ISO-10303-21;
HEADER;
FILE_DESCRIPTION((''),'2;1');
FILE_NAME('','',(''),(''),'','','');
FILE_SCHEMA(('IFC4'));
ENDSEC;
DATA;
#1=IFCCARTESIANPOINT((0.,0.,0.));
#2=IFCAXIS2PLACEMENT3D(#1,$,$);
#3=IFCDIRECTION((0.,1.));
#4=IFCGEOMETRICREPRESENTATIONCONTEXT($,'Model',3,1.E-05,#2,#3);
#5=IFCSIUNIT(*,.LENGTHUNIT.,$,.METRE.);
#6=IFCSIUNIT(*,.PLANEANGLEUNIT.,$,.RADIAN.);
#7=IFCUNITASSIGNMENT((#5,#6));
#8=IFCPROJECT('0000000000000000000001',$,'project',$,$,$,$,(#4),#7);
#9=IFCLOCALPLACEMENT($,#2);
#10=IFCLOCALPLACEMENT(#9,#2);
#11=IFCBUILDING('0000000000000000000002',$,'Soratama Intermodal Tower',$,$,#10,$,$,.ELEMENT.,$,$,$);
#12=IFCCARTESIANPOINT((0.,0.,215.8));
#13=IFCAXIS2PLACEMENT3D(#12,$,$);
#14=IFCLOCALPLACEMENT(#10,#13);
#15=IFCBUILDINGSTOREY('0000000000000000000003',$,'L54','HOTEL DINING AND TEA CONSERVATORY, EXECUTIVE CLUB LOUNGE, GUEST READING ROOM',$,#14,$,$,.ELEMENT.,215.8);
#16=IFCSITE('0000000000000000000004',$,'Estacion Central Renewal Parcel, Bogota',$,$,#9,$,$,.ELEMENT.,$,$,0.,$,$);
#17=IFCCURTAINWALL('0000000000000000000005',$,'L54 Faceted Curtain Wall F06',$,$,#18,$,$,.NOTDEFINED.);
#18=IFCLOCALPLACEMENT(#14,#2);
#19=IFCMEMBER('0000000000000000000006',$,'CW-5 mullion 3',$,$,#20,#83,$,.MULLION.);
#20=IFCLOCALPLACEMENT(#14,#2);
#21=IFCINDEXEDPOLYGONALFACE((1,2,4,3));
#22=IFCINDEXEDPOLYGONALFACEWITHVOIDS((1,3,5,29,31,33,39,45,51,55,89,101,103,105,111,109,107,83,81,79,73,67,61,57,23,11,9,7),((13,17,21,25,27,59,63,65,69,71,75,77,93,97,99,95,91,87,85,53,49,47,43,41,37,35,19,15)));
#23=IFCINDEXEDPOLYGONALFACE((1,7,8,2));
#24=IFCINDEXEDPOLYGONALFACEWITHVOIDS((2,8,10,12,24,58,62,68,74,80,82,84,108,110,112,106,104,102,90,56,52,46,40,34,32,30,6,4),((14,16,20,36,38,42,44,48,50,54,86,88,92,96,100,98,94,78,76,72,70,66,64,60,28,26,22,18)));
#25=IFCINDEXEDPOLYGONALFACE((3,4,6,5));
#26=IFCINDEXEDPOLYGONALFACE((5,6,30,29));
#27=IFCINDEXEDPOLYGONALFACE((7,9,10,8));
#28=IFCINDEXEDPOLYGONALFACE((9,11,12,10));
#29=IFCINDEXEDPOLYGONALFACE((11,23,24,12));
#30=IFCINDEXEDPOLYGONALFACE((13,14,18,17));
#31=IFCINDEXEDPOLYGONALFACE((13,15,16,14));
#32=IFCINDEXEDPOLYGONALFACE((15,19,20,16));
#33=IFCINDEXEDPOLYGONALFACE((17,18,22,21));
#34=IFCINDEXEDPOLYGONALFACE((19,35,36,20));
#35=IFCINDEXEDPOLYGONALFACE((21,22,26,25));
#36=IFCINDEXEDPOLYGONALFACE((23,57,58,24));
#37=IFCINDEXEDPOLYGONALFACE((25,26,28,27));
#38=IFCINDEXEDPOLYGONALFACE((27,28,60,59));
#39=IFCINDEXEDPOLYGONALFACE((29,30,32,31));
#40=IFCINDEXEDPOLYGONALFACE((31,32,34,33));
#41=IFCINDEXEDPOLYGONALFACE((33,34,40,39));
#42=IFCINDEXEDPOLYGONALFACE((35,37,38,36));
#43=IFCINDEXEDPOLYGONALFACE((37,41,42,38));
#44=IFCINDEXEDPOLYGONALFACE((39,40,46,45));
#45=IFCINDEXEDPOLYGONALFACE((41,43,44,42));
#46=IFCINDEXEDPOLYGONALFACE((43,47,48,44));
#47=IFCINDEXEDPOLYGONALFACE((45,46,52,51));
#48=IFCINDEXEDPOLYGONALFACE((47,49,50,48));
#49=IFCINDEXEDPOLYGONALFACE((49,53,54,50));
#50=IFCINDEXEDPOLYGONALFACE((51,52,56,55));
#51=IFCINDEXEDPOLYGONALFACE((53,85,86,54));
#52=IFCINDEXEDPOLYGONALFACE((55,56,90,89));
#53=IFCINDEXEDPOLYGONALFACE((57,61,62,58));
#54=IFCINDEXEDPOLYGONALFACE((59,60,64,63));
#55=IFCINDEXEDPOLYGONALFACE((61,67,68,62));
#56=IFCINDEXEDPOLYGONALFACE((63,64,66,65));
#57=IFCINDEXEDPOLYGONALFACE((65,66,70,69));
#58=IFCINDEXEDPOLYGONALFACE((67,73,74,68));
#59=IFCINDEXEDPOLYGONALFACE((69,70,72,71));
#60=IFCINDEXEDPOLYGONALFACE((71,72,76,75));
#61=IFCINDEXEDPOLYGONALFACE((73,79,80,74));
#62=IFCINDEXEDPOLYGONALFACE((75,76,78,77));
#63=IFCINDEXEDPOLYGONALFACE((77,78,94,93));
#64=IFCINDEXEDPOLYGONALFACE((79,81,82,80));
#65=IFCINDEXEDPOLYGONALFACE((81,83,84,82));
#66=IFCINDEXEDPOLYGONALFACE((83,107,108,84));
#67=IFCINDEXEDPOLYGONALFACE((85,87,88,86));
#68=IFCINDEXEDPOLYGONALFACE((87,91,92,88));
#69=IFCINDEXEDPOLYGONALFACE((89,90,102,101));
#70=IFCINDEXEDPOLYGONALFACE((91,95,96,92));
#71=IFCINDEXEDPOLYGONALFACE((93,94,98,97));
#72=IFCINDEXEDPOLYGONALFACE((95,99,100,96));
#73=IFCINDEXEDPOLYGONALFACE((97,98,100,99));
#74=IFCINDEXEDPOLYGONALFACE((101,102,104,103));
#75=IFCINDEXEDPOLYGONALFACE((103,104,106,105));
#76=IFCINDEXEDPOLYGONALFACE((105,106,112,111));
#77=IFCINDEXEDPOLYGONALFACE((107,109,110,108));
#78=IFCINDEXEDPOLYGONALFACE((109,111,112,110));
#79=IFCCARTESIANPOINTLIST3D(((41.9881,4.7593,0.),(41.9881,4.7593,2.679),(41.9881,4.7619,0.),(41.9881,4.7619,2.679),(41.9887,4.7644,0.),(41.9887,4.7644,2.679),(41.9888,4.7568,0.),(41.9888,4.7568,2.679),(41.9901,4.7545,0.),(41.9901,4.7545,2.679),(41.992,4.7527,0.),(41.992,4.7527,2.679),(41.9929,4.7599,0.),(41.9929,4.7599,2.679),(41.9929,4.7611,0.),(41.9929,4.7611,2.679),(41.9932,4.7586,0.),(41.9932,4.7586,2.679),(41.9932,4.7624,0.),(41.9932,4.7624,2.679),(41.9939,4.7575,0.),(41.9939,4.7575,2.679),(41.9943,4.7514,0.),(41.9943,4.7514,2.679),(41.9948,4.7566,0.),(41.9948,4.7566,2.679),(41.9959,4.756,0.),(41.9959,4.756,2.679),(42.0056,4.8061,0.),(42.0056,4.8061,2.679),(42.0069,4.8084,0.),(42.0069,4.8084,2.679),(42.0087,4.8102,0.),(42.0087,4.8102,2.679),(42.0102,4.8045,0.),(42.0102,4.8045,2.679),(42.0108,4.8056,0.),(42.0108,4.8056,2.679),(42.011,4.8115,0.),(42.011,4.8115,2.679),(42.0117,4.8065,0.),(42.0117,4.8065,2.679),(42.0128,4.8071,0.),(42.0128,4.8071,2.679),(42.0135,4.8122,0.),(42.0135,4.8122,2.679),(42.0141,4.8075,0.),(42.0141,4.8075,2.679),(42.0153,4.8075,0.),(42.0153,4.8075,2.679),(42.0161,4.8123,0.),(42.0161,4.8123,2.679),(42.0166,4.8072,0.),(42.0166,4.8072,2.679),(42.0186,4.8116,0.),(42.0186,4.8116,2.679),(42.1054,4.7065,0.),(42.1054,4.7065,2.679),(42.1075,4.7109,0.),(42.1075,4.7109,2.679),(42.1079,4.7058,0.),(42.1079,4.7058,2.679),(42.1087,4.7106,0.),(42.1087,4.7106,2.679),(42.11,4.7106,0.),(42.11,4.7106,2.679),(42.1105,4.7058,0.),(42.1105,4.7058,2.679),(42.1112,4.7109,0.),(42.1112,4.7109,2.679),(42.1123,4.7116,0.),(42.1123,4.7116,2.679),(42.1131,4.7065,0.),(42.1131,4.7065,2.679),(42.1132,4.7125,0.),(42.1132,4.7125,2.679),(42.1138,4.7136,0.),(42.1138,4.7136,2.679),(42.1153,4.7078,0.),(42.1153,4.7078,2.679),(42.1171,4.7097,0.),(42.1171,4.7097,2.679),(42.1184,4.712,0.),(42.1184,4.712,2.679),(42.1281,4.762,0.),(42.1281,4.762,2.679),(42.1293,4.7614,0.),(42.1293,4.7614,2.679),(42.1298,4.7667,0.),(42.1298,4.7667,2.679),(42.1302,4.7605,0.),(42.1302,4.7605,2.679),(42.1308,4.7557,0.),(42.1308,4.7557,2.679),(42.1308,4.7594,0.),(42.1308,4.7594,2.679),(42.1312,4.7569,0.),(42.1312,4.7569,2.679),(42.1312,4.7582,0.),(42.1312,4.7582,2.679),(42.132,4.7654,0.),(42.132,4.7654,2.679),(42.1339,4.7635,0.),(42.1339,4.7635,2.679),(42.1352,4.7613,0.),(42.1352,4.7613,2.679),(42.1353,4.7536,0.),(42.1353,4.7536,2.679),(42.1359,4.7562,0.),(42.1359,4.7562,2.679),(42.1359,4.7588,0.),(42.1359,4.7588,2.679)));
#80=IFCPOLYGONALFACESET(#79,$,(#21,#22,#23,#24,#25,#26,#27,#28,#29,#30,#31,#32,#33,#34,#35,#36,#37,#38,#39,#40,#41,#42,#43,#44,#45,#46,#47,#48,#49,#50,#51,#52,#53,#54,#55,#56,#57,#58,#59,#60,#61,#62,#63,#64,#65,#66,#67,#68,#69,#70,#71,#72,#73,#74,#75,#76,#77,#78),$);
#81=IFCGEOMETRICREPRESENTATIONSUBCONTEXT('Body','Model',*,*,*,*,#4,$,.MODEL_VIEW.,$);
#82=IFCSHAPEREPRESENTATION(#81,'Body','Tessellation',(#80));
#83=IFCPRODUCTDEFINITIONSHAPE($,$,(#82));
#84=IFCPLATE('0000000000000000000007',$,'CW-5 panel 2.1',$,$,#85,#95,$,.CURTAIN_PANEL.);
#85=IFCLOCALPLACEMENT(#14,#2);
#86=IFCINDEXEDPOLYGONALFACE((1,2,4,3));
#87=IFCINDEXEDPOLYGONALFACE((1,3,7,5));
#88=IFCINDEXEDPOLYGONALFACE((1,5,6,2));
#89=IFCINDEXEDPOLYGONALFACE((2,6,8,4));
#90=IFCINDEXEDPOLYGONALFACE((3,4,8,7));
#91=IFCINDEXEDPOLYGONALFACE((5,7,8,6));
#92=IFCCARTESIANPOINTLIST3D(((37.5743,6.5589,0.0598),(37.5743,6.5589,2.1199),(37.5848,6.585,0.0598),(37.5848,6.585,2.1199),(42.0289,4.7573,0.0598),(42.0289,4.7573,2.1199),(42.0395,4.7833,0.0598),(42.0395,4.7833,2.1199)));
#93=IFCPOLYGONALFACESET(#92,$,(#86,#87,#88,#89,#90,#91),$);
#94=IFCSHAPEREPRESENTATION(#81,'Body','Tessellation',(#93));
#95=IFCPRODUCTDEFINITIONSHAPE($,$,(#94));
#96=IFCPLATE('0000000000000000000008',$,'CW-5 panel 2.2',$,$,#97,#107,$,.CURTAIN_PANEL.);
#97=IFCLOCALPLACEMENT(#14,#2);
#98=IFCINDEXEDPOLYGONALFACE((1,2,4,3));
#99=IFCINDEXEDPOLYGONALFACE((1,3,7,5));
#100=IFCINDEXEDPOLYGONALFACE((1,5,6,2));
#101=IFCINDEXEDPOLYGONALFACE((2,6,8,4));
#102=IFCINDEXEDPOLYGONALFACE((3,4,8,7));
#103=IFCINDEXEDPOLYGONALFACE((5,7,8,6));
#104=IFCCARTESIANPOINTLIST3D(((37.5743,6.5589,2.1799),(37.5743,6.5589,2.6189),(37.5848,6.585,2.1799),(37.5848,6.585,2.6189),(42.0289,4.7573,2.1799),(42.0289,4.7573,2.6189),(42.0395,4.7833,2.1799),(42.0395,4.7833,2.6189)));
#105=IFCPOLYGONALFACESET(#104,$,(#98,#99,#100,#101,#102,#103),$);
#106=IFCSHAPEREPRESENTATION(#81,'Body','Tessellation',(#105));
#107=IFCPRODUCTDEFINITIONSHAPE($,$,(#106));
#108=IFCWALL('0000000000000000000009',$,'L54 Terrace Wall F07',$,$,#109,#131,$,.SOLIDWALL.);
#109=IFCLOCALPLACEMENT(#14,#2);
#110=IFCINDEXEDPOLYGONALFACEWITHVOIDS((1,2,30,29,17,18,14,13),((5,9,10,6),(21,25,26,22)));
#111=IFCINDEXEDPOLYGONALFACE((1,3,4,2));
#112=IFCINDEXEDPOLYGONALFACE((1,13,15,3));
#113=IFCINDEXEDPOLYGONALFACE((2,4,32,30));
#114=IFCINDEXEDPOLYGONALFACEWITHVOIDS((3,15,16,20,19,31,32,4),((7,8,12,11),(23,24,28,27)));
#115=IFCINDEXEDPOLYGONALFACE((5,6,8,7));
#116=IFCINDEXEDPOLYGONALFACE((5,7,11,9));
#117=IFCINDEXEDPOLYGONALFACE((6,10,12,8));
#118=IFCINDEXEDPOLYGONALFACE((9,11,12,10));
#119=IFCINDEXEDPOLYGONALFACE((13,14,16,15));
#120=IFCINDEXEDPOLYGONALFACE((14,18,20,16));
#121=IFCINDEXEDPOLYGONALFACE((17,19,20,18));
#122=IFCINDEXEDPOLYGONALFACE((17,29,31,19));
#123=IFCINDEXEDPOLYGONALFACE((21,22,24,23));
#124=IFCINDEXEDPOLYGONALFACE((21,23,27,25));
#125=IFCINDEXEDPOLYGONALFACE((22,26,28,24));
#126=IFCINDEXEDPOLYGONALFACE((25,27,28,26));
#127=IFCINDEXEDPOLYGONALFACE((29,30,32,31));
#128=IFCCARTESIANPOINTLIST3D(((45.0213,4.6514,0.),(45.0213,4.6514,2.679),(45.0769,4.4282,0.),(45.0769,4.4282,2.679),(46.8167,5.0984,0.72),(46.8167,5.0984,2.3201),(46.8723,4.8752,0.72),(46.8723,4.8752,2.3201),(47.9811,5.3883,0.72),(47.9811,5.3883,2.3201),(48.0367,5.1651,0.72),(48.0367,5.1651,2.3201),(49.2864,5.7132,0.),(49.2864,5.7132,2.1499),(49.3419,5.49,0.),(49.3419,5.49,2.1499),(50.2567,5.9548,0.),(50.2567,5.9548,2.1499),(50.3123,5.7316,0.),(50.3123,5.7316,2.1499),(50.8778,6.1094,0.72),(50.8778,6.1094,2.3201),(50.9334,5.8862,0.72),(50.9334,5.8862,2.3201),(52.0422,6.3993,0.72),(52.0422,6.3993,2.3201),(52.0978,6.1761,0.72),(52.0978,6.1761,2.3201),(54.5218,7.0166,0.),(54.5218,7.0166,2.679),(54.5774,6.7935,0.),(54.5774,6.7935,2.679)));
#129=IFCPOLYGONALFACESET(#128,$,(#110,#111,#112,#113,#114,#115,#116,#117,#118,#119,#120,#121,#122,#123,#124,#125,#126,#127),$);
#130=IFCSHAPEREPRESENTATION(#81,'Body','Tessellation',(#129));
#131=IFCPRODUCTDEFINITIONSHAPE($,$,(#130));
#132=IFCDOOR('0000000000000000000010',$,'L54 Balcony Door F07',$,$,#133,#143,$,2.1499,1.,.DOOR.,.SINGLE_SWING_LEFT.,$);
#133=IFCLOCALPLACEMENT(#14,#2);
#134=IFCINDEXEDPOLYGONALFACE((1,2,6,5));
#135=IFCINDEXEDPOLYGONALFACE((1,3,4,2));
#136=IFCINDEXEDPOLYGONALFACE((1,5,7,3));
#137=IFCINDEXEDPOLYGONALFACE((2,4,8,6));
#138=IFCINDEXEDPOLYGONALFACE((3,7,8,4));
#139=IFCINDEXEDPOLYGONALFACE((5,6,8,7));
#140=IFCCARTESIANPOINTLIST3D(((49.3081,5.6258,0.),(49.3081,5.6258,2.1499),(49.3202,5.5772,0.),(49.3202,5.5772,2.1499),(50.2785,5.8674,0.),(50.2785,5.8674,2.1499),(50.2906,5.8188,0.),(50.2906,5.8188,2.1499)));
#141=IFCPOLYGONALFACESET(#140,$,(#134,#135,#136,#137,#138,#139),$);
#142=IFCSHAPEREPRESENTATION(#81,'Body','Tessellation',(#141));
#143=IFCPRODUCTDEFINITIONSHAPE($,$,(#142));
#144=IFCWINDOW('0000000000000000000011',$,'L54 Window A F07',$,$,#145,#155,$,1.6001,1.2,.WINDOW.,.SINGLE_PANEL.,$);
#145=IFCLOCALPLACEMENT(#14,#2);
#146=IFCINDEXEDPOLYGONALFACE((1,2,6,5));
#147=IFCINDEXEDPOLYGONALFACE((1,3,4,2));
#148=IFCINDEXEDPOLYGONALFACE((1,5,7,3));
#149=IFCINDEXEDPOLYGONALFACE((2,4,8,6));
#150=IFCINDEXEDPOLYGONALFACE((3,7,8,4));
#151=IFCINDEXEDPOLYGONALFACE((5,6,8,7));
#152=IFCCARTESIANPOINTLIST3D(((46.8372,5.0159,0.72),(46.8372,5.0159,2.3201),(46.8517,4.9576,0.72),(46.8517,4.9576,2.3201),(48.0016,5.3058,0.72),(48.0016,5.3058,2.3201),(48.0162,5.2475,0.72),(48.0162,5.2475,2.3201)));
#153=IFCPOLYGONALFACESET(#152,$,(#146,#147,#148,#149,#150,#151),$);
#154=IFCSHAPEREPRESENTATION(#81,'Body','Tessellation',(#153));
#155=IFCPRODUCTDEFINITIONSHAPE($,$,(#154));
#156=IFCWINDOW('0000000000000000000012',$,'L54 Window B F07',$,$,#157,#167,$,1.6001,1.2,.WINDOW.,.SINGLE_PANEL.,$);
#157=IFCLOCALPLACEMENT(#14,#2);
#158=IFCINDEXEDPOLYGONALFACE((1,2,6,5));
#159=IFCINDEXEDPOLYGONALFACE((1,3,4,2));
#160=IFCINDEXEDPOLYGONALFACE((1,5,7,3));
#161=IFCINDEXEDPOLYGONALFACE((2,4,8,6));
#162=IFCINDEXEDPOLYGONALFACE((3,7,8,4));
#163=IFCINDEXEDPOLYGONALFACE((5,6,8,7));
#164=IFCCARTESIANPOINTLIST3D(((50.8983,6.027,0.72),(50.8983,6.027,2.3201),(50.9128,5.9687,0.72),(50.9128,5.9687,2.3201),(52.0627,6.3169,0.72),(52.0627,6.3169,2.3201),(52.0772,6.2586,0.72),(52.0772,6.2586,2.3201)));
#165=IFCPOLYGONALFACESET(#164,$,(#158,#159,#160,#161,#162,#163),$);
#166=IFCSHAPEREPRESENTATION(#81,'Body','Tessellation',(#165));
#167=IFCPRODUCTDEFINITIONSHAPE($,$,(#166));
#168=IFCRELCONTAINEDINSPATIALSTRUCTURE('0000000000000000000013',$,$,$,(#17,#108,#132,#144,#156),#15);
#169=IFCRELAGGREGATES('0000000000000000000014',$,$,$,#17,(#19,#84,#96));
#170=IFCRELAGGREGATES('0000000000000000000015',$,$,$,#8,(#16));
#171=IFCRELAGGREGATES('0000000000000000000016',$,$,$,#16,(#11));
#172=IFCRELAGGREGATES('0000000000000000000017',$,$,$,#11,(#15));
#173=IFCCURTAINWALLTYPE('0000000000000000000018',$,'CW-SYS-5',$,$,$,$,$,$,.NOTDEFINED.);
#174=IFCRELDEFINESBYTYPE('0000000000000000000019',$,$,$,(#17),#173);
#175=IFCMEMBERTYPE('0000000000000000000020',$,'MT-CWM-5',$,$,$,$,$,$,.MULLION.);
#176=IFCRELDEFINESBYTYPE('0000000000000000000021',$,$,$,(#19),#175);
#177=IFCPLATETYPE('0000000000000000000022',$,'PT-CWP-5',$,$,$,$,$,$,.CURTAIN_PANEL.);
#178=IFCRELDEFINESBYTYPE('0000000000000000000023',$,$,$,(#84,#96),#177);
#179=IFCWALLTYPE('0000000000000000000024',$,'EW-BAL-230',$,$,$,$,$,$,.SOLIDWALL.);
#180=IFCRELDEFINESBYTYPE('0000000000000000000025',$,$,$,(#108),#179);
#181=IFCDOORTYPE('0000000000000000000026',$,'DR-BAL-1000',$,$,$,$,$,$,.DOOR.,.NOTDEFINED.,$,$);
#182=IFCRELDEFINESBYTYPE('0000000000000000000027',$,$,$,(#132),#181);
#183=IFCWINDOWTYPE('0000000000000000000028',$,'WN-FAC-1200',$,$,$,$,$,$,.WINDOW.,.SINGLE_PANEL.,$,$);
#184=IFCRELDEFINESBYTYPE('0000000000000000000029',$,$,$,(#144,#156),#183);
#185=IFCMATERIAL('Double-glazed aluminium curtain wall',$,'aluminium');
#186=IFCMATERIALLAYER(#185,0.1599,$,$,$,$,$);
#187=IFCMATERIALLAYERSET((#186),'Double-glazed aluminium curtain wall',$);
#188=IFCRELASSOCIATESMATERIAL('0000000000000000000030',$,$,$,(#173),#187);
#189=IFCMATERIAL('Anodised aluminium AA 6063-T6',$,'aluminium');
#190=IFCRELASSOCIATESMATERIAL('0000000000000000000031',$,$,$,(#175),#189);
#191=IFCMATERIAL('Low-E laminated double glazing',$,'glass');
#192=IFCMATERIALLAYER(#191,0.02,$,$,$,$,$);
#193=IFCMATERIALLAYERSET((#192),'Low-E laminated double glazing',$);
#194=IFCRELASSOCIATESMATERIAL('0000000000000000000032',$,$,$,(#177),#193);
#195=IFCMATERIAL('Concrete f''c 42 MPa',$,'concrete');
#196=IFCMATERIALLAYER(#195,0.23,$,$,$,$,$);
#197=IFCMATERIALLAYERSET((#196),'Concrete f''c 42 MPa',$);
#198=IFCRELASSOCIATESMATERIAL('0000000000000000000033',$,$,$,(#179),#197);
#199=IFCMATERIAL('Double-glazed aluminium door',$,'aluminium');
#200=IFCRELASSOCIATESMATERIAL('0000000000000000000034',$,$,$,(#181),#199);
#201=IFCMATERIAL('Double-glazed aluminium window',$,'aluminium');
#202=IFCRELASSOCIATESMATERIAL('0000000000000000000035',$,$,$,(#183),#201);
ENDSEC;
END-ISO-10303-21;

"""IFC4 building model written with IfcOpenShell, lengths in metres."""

from ifc_helpers import new_model, si_unit, direction, frame, frame_2d, origin, origin_2d, place, context, subcontext, project, spatial, rectangle, hollow_rectangle, extrude, material, layer, layer_set, material_profile, profile_set, type_object, element, fill, aggregate, save


model = new_model("IFC4")

# Units and contexts
model_context = context("Model", 3, precision=1e-05, world=origin(), true_north=direction((0.0, 1.0)))
body_context = subcontext(model_context, "Body", "Model", "MODEL_VIEW")
ifc_project = project(units=[si_unit("LENGTHUNIT", "METRE"), si_unit("PLANEANGLEUNIT", "RADIAN")], contexts=[model_context])

# Site, building, storey
site_placement = place(None, origin())
site = spatial("IfcSite", under=ifc_project, at=site_placement, Name="Estacion Central Renewal Parcel, Bogota", CompositionType="ELEMENT", RefElevation=0.0)
building_placement = place(site_placement, origin())
building = spatial("IfcBuilding", under=site, at=building_placement, Name="Soratama Intermodal Tower", CompositionType="ELEMENT")
storey_placement = place(building_placement, frame((0.0, 0.0, 215.8)))
storey = spatial("IfcBuildingStorey", under=building, at=storey_placement, Name="L54", Description="HOTEL DINING AND TEA CONSERVATORY, EXECUTIVE CLUB LOUNGE, GUEST READING ROOM", CompositionType="ELEMENT", Elevation=215.8)

# Curtain wall, member, plates
ifc_material_1 = material(Name="Double-glazed aluminium curtain wall", Category="aluminium")
ifc_layer_1 = layer(ifc_material_1, 0.1599)
ifc_layer_set_1 = layer_set([ifc_layer_1], Name="Double-glazed aluminium curtain wall")
curtain_wall_type = type_object("IfcCurtainWallType", Name="CW-SYS-5", PredefinedType="NOTDEFINED", material=ifc_layer_set_1)
curtain_wall_placement = place(storey_placement, origin())
curtain_wall = element("IfcCurtainWall", 1, at=curtain_wall_placement, inside=storey, type_object=curtain_wall_type, Name="L54 Faceted Curtain Wall F06", PredefinedType="NOTDEFINED")
ifc_material_2 = material(Name="Anodised aluminium AA 6063-T6", Category="aluminium")
ifc_material_profile_1 = material_profile(ifc_material_2, hollow_rectangle(XDim=0.0649, YDim=0.1399, WallThickness=0.0049, InnerFilletRadius=0.0049, OuterFilletRadius=0.01, at=origin_2d()), Name="CWM140X65X5")
ifc_profile_set_1 = profile_set([ifc_material_profile_1], Name="Anodised aluminium AA 6063-T6")
member_type = type_object("IfcMemberType", Name="MT-CWM-5", PredefinedType="MULLION", material=ifc_profile_set_1)
member_placement = place(storey_placement, frame((42.062, 4.759, 0.0), z_axis=(0.0, 0.0, 1.0), x_axis=(0.374935, 0.927051, 0.0)))
member = element("IfcMember", 2, at=member_placement, type_object=member_type, Name="CW-5 mullion 3", PredefinedType="MULLION", context=body_context, shape_type="SweptSolid", body=[
    extrude(hollow_rectangle(XDim=0.0649, YDim=0.1399, WallThickness=0.0049, InnerFilletRadius=0.0049, OuterFilletRadius=0.01, at=origin_2d()), origin(), (0.0, 0.0, 1.0), 2.679),
])
ifc_material_3 = material(Name="Low-E laminated double glazing", Category="glass")
ifc_layer_2 = layer(ifc_material_3, 0.02)
ifc_layer_set_2 = layer_set([ifc_layer_2], Name="Low-E laminated double glazing")
plate_type = type_object("IfcPlateType", Name="PT-CWP-5", PredefinedType="CURTAIN_PANEL", material=ifc_layer_set_2)
plate_1_placement = place(storey_placement, frame((39.8069, 5.6711, 0.0598), z_axis=(0.0, 0.0, 1.0), x_axis=(0.927051, -0.374935, 0.0)))
plate_1 = element("IfcPlate", 3, at=plate_1_placement, type_object=plate_type, Name="CW-5 panel 2.1", PredefinedType="CURTAIN_PANEL", context=body_context, shape_type="SweptSolid", body=[
    extrude(rectangle(XDim=4.8052, YDim=0.0281, at=origin_2d()), origin(), (0.0, 0.0, 1.0), 2.0601),
])
plate_2_placement = place(storey_placement, frame((39.8069, 5.6711, 2.1799), z_axis=(0.0, 0.0, 1.0), x_axis=(0.927051, -0.374935, 0.0)))
plate_2 = element("IfcPlate", 4, at=plate_2_placement, type_object=plate_type, Name="CW-5 panel 2.2", PredefinedType="CURTAIN_PANEL", context=body_context, shape_type="SweptSolid", body=[
    extrude(rectangle(XDim=4.8052, YDim=0.0281, at=origin_2d()), origin(), (0.0, 0.0, 1.0), 0.439),
])
aggregate(curtain_wall, [member, plate_1, plate_2])

# Wall, openings, door, windows
ifc_material_4 = material(Name="Concrete f'c 42 MPa", Category="concrete")
ifc_layer_3 = layer(ifc_material_4, 0.23)
ifc_layer_set_3 = layer_set([ifc_layer_3], Name="Concrete f'c 42 MPa")
wall_type_1 = type_object("IfcWallType", Name="EW-BAL-230", PredefinedType="SOLIDWALL", material=ifc_layer_set_3)
wall_1_placement = place(storey_placement, frame((45.0491, 4.5398, 0.0), z_axis=(0.0, 0.0, 1.0), x_axis=(0.97038, 0.241585, 0.0)))
wall_1 = element("IfcWall", 5, at=wall_1_placement, inside=storey, type_object=wall_type_1, Name="L54 Terrace Wall F07", PredefinedType="SOLIDWALL", context=body_context, shape_type="SweptSolid", body=[
    extrude(rectangle(XDim=9.7905, YDim=0.23, at=frame_2d((4.8953, 0.0))), origin(), (0.0, 0.0, 1.0), 2.679),
])
opening_1_placement = place(wall_1_placement, frame((4.3953, 0.0, 0.0)))
opening_1 = element("IfcOpeningElement", 6, at=opening_1_placement, cuts=wall_1, PredefinedType="OPENING", context=body_context, shape_type="SweptSolid", body=[
    extrude(rectangle(XDim=1.0, YDim=2.1499, at=frame_2d((0.5, 1.075))), frame((0.0, 0.125, 0.0), z_axis=(0.0, -1.0, 0.0), x_axis=(1.0, 0.0, 0.0)), (0.0, 0.0, 1.0), 0.25),
])
opening_2_placement = place(wall_1_placement, frame((1.8501, 0.0, 0.72)))
opening_2 = element("IfcOpeningElement", 7, at=opening_2_placement, cuts=wall_1, PredefinedType="OPENING", context=body_context, shape_type="SweptSolid", body=[
    extrude(rectangle(XDim=1.2, YDim=1.6001, at=frame_2d((0.6001, 0.8))), frame((0.0, 0.125, 0.0), z_axis=(0.0, -1.0, 0.0), x_axis=(1.0, 0.0, 0.0)), (0.0, 0.0, 1.0), 0.25),
])
opening_3_placement = place(wall_1_placement, frame((6.0352, 0.0, 0.72)))
opening_3 = element("IfcOpeningElement", 8, at=opening_3_placement, cuts=wall_1, PredefinedType="OPENING", context=body_context, shape_type="SweptSolid", body=[
    extrude(rectangle(XDim=1.2, YDim=1.6001, at=frame_2d((0.6001, 0.8))), frame((0.0, 0.125, 0.0), z_axis=(0.0, -1.0, 0.0), x_axis=(1.0, 0.0, 0.0)), (0.0, 0.0, 1.0), 0.25),
])
ifc_material_5 = material(Name="Double-glazed aluminium door", Category="aluminium")
door_type_1 = type_object("IfcDoorType", Name="DR-BAL-1000", OperationType="NOTDEFINED", PredefinedType="DOOR", material=ifc_material_5)
door_1_placement = place(opening_1_placement, origin())
door_1 = element("IfcDoor", 9, at=door_1_placement, inside=storey, type_object=door_type_1, Name="L54 Balcony Door F07", OperationType="SINGLE_SWING_LEFT", OverallHeight=2.1499, OverallWidth=1.0, PredefinedType="DOOR", context=body_context, shape_type="SweptSolid", body=[
    extrude(rectangle(XDim=1.0, YDim=2.1499, at=frame_2d((0.5, 1.075))), frame((0.0, 0.0249, 0.0), z_axis=(0.0, -1.0, 0.0), x_axis=(1.0, 0.0, 0.0)), (0.0, 0.0, 1.0), 0.05),
])
fill(opening_1, door_1)
ifc_material_6 = material(Name="Double-glazed aluminium window", Category="aluminium")
window_type_1 = type_object("IfcWindowType", Name="WN-FAC-1200", PartitioningType="SINGLE_PANEL", PredefinedType="WINDOW", material=ifc_material_6)
window_1_placement = place(opening_2_placement, origin())
window_1 = element("IfcWindow", 10, at=window_1_placement, inside=storey, type_object=window_type_1, Name="L54 Window A F07", OverallHeight=1.6001, OverallWidth=1.2, PartitioningType="SINGLE_PANEL", PredefinedType="WINDOW", context=body_context, shape_type="SweptSolid", body=[
    extrude(rectangle(XDim=1.2, YDim=1.6001, at=frame_2d((0.6001, 0.8))), frame((0.0, 0.03, 0.0), z_axis=(0.0, -1.0, 0.0), x_axis=(1.0, 0.0, 0.0)), (0.0, 0.0, 1.0), 0.0601),
])
fill(opening_2, window_1)
window_2_placement = place(opening_3_placement, origin())
window_2 = element("IfcWindow", 11, at=window_2_placement, inside=storey, type_object=window_type_1, Name="L54 Window B F07", OverallHeight=1.6001, OverallWidth=1.2, PartitioningType="SINGLE_PANEL", PredefinedType="WINDOW", context=body_context, shape_type="SweptSolid", body=[
    extrude(rectangle(XDim=1.2, YDim=1.6001, at=frame_2d((0.6001, 0.8))), frame((0.0, 0.03, 0.0), z_axis=(0.0, -1.0, 0.0), x_axis=(1.0, 0.0, 0.0)), (0.0, 0.0, 1.0), 0.0601),
])
fill(opening_3, window_2)

save(model, "model.ifc")
